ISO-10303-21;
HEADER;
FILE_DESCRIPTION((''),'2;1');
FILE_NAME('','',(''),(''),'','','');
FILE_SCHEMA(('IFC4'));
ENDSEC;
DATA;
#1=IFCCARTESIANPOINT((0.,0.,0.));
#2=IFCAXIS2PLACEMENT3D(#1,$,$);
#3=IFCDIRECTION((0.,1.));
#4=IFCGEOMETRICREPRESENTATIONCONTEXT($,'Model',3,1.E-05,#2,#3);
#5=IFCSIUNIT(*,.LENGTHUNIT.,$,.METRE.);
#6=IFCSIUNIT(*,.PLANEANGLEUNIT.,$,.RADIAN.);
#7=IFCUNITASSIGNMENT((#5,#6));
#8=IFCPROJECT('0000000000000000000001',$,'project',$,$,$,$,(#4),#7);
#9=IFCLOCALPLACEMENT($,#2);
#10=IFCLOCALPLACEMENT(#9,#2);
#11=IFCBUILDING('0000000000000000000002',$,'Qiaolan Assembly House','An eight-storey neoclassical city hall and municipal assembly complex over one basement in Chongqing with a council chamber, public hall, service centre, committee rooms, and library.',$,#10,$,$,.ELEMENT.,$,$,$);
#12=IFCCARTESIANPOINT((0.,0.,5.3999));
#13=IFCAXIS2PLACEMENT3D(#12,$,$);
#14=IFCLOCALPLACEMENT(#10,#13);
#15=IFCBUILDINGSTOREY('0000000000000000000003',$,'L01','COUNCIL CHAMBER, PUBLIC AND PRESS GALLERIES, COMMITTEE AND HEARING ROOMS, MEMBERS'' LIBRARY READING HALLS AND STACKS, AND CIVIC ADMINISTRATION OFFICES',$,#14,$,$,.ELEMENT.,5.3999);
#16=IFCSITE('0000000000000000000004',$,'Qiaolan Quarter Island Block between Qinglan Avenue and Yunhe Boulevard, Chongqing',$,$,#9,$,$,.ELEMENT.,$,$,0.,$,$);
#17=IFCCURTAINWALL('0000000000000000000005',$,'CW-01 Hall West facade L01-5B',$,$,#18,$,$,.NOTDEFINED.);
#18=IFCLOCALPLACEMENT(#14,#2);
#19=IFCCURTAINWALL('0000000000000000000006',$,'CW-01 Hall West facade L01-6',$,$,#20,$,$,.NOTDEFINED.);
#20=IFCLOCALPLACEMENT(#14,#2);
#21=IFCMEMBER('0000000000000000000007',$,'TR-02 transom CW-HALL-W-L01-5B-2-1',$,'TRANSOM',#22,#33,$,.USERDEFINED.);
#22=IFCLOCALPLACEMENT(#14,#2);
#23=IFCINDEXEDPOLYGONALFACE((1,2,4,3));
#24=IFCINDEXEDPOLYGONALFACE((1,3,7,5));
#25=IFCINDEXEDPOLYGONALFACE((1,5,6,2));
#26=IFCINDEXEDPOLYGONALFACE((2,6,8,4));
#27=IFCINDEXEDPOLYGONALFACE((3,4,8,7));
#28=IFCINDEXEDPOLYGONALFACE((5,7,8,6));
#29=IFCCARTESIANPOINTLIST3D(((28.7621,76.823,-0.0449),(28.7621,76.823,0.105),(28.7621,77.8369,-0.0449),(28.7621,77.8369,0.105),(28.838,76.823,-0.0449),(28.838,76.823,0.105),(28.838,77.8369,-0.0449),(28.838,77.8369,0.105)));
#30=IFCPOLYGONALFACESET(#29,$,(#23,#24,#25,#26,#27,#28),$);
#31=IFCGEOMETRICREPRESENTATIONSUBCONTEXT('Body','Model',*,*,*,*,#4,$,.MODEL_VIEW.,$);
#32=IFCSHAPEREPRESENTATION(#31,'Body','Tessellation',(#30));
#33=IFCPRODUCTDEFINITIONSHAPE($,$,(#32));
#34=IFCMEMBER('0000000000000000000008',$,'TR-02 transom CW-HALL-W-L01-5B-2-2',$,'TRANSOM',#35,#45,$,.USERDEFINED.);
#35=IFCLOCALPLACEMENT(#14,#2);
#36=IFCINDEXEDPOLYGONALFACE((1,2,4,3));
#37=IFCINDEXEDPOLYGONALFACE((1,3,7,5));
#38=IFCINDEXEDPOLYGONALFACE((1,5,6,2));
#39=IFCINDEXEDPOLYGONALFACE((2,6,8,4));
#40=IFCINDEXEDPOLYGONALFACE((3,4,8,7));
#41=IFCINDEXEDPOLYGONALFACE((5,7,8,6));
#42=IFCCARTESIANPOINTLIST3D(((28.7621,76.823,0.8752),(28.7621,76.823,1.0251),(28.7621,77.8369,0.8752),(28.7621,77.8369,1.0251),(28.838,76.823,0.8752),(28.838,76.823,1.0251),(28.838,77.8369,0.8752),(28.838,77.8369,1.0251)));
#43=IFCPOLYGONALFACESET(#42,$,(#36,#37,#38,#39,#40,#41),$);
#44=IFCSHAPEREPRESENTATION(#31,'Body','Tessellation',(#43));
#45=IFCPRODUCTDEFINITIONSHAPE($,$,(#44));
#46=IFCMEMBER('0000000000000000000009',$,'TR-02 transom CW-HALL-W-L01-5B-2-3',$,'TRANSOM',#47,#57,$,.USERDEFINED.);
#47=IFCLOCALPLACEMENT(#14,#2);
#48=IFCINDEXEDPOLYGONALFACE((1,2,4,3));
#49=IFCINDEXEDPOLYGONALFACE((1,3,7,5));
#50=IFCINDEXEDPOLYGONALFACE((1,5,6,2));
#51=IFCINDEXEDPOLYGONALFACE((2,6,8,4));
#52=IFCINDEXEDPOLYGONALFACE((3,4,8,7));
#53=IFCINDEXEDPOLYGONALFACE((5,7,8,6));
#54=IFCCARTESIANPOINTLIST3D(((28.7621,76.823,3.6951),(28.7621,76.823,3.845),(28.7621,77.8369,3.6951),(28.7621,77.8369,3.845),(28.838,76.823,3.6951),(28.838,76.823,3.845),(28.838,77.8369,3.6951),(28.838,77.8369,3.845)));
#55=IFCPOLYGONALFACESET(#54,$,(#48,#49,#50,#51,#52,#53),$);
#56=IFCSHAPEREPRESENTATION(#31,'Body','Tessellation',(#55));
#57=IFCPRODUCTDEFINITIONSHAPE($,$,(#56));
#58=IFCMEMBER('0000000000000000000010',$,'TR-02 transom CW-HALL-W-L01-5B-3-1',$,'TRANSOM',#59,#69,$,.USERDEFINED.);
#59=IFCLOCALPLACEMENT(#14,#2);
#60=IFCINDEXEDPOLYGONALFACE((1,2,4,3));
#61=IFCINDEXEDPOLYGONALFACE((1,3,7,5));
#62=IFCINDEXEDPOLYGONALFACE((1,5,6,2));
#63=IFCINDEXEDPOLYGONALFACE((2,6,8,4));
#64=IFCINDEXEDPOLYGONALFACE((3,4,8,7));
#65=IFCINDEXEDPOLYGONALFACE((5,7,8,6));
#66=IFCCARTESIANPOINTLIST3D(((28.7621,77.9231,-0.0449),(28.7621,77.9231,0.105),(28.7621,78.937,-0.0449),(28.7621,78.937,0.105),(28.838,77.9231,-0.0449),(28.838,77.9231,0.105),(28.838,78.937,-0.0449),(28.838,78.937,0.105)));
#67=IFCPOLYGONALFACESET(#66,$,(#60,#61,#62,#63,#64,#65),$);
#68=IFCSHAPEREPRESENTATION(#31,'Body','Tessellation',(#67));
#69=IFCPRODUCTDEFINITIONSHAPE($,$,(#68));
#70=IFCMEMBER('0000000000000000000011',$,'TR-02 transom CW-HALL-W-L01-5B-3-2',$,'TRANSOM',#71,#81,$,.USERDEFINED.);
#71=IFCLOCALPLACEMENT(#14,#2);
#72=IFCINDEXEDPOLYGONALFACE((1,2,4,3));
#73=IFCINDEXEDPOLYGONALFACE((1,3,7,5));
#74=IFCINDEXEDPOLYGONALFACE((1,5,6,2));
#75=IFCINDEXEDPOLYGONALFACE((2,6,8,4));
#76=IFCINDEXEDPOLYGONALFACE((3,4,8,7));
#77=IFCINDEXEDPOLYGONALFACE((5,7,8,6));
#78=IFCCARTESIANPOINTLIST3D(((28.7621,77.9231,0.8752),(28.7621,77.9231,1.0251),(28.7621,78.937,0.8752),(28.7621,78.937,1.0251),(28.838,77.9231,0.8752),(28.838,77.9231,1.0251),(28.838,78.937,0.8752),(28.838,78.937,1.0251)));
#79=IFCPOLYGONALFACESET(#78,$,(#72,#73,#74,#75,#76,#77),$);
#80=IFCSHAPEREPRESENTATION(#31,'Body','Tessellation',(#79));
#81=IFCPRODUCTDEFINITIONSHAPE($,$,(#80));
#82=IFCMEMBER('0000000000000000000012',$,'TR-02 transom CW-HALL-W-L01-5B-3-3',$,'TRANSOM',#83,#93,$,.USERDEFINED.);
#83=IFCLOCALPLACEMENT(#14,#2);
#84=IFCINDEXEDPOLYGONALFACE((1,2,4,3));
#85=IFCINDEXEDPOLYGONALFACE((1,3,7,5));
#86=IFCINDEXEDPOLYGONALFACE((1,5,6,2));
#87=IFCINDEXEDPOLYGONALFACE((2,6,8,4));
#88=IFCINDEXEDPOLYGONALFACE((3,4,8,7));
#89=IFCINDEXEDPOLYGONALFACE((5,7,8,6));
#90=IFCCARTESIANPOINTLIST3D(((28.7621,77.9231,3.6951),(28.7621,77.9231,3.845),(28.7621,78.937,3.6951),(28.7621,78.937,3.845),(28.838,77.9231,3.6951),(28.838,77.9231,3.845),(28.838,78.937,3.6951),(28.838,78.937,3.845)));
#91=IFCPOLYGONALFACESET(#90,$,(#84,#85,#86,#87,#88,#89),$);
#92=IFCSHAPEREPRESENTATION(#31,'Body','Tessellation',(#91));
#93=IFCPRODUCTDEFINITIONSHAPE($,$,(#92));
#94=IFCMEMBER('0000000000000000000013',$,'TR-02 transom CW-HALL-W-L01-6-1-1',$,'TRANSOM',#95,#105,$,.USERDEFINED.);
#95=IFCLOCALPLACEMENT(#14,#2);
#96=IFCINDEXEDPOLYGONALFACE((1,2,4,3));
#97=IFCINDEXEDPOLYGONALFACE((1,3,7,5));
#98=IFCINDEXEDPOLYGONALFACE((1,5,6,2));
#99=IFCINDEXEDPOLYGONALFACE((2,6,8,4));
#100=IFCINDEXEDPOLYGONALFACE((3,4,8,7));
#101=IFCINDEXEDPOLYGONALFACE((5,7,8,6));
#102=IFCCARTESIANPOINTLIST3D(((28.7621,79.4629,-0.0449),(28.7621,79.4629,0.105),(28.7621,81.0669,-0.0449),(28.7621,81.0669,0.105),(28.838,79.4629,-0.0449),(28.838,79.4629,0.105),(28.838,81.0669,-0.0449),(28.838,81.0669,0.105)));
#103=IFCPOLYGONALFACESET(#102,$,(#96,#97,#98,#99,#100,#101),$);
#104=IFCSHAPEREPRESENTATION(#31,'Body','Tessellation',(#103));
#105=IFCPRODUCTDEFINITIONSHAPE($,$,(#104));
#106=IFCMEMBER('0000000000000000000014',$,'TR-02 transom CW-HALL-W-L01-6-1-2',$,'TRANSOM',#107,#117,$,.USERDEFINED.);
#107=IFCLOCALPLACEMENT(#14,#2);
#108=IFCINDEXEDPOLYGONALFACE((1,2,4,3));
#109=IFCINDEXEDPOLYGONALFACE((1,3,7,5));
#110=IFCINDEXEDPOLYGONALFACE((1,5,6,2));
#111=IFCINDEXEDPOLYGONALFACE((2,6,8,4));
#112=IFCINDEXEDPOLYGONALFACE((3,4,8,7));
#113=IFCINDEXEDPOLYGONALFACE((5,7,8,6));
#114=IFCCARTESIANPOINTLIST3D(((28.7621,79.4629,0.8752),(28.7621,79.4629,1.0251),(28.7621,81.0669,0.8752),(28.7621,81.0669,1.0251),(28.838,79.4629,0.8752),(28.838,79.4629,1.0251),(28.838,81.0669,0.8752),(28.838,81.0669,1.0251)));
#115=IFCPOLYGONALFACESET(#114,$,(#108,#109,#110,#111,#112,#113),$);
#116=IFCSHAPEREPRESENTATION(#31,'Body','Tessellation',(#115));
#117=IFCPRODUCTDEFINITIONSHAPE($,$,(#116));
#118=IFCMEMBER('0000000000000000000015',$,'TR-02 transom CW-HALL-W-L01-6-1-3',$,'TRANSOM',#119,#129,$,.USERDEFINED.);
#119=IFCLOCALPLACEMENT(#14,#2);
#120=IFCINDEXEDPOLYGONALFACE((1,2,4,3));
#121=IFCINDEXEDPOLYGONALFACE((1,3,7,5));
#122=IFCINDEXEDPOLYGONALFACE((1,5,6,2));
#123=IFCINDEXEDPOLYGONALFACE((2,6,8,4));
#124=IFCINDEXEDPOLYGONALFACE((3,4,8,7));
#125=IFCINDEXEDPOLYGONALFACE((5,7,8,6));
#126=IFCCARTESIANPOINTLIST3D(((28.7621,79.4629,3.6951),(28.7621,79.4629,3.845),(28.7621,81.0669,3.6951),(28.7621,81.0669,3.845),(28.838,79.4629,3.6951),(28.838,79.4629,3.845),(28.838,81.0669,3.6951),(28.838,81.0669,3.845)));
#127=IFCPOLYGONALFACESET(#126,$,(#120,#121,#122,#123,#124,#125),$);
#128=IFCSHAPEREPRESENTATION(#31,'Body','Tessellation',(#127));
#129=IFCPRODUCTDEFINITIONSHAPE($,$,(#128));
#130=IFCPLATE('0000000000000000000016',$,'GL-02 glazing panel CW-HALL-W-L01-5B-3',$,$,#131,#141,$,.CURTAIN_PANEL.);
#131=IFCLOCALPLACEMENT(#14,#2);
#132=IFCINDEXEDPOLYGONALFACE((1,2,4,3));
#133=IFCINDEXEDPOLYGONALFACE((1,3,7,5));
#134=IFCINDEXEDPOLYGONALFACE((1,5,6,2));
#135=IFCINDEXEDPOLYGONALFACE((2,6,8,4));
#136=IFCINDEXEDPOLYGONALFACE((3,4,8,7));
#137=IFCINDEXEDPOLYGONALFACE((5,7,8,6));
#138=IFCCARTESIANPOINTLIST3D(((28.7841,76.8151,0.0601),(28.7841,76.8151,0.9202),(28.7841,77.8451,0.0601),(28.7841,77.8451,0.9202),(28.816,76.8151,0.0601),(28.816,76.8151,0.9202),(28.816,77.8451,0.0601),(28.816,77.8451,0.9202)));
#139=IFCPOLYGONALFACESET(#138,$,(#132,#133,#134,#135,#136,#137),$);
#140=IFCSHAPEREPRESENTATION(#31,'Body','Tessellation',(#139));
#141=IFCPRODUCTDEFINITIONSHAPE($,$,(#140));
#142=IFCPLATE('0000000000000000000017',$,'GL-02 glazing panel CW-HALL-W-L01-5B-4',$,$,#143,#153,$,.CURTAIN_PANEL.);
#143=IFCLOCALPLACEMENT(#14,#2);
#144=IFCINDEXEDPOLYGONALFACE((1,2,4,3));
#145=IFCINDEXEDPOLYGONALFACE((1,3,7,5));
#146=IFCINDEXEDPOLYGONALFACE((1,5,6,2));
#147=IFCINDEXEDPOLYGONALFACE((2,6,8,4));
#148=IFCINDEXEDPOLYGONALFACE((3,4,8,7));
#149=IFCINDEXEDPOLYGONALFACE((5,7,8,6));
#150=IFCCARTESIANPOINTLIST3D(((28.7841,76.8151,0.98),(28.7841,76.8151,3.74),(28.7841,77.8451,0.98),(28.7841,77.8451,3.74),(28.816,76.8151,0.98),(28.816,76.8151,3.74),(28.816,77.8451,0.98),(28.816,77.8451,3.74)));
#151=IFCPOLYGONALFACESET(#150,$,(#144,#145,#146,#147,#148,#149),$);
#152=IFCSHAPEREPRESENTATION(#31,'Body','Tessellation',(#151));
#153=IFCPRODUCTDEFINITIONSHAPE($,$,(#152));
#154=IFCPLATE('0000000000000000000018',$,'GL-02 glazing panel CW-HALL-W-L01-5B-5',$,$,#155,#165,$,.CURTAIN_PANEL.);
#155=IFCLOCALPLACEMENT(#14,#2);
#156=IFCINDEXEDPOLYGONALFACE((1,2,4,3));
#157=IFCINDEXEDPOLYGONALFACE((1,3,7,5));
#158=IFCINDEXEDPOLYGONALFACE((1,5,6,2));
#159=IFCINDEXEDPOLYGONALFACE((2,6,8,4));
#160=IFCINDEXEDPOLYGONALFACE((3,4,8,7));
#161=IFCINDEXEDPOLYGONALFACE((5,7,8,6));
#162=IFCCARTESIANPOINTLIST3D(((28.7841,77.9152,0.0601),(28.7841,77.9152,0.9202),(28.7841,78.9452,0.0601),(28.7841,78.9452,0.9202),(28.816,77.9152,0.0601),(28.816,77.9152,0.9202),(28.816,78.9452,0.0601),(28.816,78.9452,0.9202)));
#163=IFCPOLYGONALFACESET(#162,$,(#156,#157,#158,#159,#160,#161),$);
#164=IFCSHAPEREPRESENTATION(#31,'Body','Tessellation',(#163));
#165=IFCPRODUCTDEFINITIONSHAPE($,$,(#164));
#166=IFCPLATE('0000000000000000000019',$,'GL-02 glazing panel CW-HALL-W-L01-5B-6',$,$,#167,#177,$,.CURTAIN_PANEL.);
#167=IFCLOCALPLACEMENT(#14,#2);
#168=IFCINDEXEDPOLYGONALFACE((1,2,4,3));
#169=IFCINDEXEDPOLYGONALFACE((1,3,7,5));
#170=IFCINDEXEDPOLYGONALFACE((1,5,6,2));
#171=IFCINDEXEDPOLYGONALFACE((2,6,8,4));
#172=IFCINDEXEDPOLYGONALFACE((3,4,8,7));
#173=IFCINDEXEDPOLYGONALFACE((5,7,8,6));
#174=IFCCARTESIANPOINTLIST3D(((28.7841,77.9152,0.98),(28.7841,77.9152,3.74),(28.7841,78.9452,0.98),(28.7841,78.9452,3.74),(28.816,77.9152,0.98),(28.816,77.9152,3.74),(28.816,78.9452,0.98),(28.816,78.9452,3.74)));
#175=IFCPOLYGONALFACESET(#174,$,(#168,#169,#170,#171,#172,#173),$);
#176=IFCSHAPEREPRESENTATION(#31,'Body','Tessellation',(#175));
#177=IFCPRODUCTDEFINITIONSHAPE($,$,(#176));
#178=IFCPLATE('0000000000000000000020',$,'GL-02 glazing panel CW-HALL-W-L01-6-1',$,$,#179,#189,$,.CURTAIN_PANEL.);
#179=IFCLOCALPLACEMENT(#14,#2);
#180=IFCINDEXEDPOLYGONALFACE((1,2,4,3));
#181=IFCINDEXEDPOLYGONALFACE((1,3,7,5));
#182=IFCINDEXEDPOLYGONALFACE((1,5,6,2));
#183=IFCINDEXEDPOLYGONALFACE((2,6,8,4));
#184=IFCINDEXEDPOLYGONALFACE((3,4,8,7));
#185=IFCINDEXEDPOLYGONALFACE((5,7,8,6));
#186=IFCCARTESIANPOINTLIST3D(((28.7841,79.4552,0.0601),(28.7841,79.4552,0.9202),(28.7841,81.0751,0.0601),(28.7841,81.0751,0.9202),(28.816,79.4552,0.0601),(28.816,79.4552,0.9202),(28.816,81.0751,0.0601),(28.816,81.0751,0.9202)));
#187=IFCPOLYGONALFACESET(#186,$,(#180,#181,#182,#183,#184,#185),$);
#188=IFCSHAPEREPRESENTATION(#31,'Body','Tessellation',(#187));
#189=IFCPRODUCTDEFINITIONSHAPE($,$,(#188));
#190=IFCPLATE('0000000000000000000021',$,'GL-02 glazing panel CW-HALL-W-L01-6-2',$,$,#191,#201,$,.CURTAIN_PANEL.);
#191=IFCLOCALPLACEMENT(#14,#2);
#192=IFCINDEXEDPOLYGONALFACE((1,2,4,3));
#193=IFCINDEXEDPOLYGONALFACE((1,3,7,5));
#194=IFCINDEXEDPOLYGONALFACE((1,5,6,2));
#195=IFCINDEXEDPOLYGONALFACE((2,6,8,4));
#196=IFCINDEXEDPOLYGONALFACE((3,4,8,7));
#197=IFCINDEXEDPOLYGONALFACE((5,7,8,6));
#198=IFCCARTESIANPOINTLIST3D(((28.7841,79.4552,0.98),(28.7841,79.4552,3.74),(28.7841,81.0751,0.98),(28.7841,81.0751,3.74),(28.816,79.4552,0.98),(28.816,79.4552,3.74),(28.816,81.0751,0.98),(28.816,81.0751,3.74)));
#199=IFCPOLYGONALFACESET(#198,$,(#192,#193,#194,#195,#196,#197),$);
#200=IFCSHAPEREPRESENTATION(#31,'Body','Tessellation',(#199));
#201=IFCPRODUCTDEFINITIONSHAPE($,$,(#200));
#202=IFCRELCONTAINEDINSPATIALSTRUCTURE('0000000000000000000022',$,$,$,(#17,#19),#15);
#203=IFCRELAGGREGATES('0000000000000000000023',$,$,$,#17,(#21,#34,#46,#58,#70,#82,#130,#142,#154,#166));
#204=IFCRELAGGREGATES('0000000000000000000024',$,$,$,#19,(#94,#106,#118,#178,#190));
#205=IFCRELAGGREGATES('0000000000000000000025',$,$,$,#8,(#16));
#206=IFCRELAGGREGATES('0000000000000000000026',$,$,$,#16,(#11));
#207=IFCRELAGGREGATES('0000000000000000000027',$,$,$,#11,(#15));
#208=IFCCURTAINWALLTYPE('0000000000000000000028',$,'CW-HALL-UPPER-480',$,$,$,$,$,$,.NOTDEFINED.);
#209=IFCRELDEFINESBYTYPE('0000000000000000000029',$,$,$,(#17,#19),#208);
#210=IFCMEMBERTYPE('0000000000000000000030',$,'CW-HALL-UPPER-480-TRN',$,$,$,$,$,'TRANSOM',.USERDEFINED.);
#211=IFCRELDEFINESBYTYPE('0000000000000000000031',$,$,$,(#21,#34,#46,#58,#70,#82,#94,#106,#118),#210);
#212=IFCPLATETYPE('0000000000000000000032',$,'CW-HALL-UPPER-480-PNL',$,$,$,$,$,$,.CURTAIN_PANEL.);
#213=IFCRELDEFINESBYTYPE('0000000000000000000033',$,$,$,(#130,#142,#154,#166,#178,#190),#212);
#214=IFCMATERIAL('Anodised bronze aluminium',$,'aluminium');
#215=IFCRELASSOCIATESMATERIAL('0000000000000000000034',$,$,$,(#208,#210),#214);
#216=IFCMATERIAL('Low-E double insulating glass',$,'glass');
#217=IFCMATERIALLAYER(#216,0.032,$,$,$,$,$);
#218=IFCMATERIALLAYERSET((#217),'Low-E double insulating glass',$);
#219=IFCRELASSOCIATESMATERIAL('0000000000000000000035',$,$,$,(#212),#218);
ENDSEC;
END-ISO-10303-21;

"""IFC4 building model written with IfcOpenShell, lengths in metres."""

from ifc_helpers import new_model, si_unit, direction, frame, frame_2d, origin, origin_2d, place, context, subcontext, project, spatial, rectangle, extrude, material, layer, layer_set, material_profile, profile_set, type_object, element, aggregate, save


model = new_model("IFC4")

# Units and contexts
model_context = context("Model", 3, precision=1e-05, world=origin(), true_north=direction((0.0, 1.0)))
body_context = subcontext(model_context, "Body", "Model", "MODEL_VIEW")
ifc_project = project(units=[si_unit("LENGTHUNIT", "METRE"), si_unit("PLANEANGLEUNIT", "RADIAN")], contexts=[model_context])

# Site, building, storey
site_placement = place(None, origin())
site = spatial("IfcSite", under=ifc_project, at=site_placement, Name="Qiaolan Quarter Island Block between Qinglan Avenue and Yunhe Boulevard, Chongqing", CompositionType="ELEMENT", RefElevation=0.0)
building_placement = place(site_placement, origin())
building = spatial("IfcBuilding", under=site, at=building_placement, Name="Qiaolan Assembly House", Description="An eight-storey neoclassical city hall and municipal assembly complex over one basement in Chongqing with a council chamber, public hall, service centre, committee rooms, and library.", CompositionType="ELEMENT")
storey_placement = place(building_placement, frame((0.0, 0.0, 5.3999)))
storey = spatial("IfcBuildingStorey", under=building, at=storey_placement, Name="L01", Description="COUNCIL CHAMBER, PUBLIC AND PRESS GALLERIES, COMMITTEE AND HEARING ROOMS, MEMBERS' LIBRARY READING HALLS AND STACKS, AND CIVIC ADMINISTRATION OFFICES", CompositionType="ELEMENT", Elevation=5.3999)

# Curtain wall
ifc_material_1 = material(Name="Anodised bronze aluminium", Category="aluminium")
curtain_wall_type = type_object("IfcCurtainWallType", Name="CW-HALL-UPPER-480", PredefinedType="NOTDEFINED", material=ifc_material_1)
curtain_wall_1_placement = place(storey_placement, origin())
curtain_wall_1 = element("IfcCurtainWall", 1, at=curtain_wall_1_placement, inside=storey, type_object=curtain_wall_type, Name="CW-01 Hall West facade L01-5B", PredefinedType="NOTDEFINED")

# Curtain wall
curtain_wall_2_placement = place(storey_placement, origin())
curtain_wall_2 = element("IfcCurtainWall", 2, at=curtain_wall_2_placement, inside=storey, type_object=curtain_wall_type, Name="CW-01 Hall West facade L01-6", PredefinedType="NOTDEFINED")

# Members
ifc_material_profile_1 = material_profile(ifc_material_1, rectangle(XDim=0.0759, YDim=0.1499, at=origin_2d()), Name="TRN 76x150")
ifc_profile_set_1 = profile_set([ifc_material_profile_1], Name="Anodised bronze aluminium")
member_type_1 = type_object("IfcMemberType", Name="CW-HALL-UPPER-480-TRN", ElementType="TRANSOM", PredefinedType="USERDEFINED", material=ifc_profile_set_1)
member_1_placement = place(storey_placement, frame((28.8, 76.823, 0.03), z_axis=(0.0, 1.0, 0.0), x_axis=(-1.0, 0.0, 0.0)))
member_1 = element("IfcMember", 3, at=member_1_placement, type_object=member_type_1, Name="TR-02 transom CW-HALL-W-L01-5B-2-1", ObjectType="TRANSOM", PredefinedType="USERDEFINED", context=body_context, shape_type="SweptSolid", body=[
    extrude(rectangle(XDim=0.0759, YDim=0.1499, at=origin_2d()), origin(), (0.0, 0.0, 1.0), 1.0139),
])
member_2_placement = place(storey_placement, frame((28.8, 76.823, 0.9502), z_axis=(0.0, 1.0, 0.0), x_axis=(-1.0, 0.0, 0.0)))
member_2 = element("IfcMember", 4, at=member_2_placement, type_object=member_type_1, Name="TR-02 transom CW-HALL-W-L01-5B-2-2", ObjectType="TRANSOM", PredefinedType="USERDEFINED", context=body_context, shape_type="SweptSolid", body=[
    extrude(rectangle(XDim=0.0759, YDim=0.1499, at=origin_2d()), origin(), (0.0, 0.0, 1.0), 1.0139),
])
member_3_placement = place(storey_placement, frame((28.8, 76.823, 3.77), z_axis=(0.0, 1.0, 0.0), x_axis=(-1.0, 0.0, 0.0)))
member_3 = element("IfcMember", 5, at=member_3_placement, type_object=member_type_1, Name="TR-02 transom CW-HALL-W-L01-5B-2-3", ObjectType="TRANSOM", PredefinedType="USERDEFINED", context=body_context, shape_type="SweptSolid", body=[
    extrude(rectangle(XDim=0.0759, YDim=0.1499, at=origin_2d()), origin(), (0.0, 0.0, 1.0), 1.0139),
])
member_4_placement = place(storey_placement, frame((28.8, 77.9231, 0.03), z_axis=(0.0, 1.0, 0.0), x_axis=(-1.0, 0.0, 0.0)))
member_4 = element("IfcMember", 6, at=member_4_placement, type_object=member_type_1, Name="TR-02 transom CW-HALL-W-L01-5B-3-1", ObjectType="TRANSOM", PredefinedType="USERDEFINED", context=body_context, shape_type="SweptSolid", body=[
    extrude(rectangle(XDim=0.0759, YDim=0.1499, at=origin_2d()), origin(), (0.0, 0.0, 1.0), 1.0139),
])
member_5_placement = place(storey_placement, frame((28.8, 77.9231, 0.9502), z_axis=(0.0, 1.0, 0.0), x_axis=(-1.0, 0.0, 0.0)))
member_5 = element("IfcMember", 7, at=member_5_placement, type_object=member_type_1, Name="TR-02 transom CW-HALL-W-L01-5B-3-2", ObjectType="TRANSOM", PredefinedType="USERDEFINED", context=body_context, shape_type="SweptSolid", body=[
    extrude(rectangle(XDim=0.0759, YDim=0.1499, at=origin_2d()), origin(), (0.0, 0.0, 1.0), 1.0139),
])
member_6_placement = place(storey_placement, frame((28.8, 77.9231, 3.77), z_axis=(0.0, 1.0, 0.0), x_axis=(-1.0, 0.0, 0.0)))
member_6 = element("IfcMember", 8, at=member_6_placement, type_object=member_type_1, Name="TR-02 transom CW-HALL-W-L01-5B-3-3", ObjectType="TRANSOM", PredefinedType="USERDEFINED", context=body_context, shape_type="SweptSolid", body=[
    extrude(rectangle(XDim=0.0759, YDim=0.1499, at=origin_2d()), origin(), (0.0, 0.0, 1.0), 1.0139),
])
member_7_placement = place(storey_placement, frame((28.8, 79.4629, 0.03), z_axis=(0.0, 1.0, 0.0), x_axis=(-1.0, 0.0, 0.0)))
member_7 = element("IfcMember", 9, at=member_7_placement, type_object=member_type_1, Name="TR-02 transom CW-HALL-W-L01-6-1-1", ObjectType="TRANSOM", PredefinedType="USERDEFINED", context=body_context, shape_type="SweptSolid", body=[
    extrude(rectangle(XDim=0.0759, YDim=0.1499, at=origin_2d()), origin(), (0.0, 0.0, 1.0), 1.604),
])
member_8_placement = place(storey_placement, frame((28.8, 79.4629, 0.9502), z_axis=(0.0, 1.0, 0.0), x_axis=(-1.0, 0.0, 0.0)))
member_8 = element("IfcMember", 10, at=member_8_placement, type_object=member_type_1, Name="TR-02 transom CW-HALL-W-L01-6-1-2", ObjectType="TRANSOM", PredefinedType="USERDEFINED", context=body_context, shape_type="SweptSolid", body=[
    extrude(rectangle(XDim=0.0759, YDim=0.1499, at=origin_2d()), origin(), (0.0, 0.0, 1.0), 1.604),
])
member_9_placement = place(storey_placement, frame((28.8, 79.4629, 3.77), z_axis=(0.0, 1.0, 0.0), x_axis=(-1.0, 0.0, 0.0)))
member_9 = element("IfcMember", 11, at=member_9_placement, type_object=member_type_1, Name="TR-02 transom CW-HALL-W-L01-6-1-3", ObjectType="TRANSOM", PredefinedType="USERDEFINED", context=body_context, shape_type="SweptSolid", body=[
    extrude(rectangle(XDim=0.0759, YDim=0.1499, at=origin_2d()), origin(), (0.0, 0.0, 1.0), 1.604),
])

# Plates
ifc_material_2 = material(Name="Low-E double insulating glass", Category="glass")
ifc_layer = layer(ifc_material_2, 0.032)
ifc_layer_set = layer_set([ifc_layer], Name="Low-E double insulating glass")
plate_type = type_object("IfcPlateType", Name="CW-HALL-UPPER-480-PNL", PredefinedType="CURTAIN_PANEL", material=ifc_layer_set)
plate_1_placement = place(storey_placement, frame((28.8, 76.8149, 0.0601), z_axis=(0.0, 0.0, 1.0), x_axis=(0.0, 1.0, 0.0)))
plate_1 = element("IfcPlate", 12, at=plate_1_placement, type_object=plate_type, Name="GL-02 glazing panel CW-HALL-W-L01-5B-3", PredefinedType="CURTAIN_PANEL", context=body_context, shape_type="SweptSolid", body=[
    extrude(rectangle(XDim=1.03, YDim=0.032, at=frame_2d((0.5151, 0.0))), origin(), (0.0, 0.0, 1.0), 0.8601),
])
plate_2_placement = place(storey_placement, frame((28.8, 76.8149, 0.98), z_axis=(0.0, 0.0, 1.0), x_axis=(0.0, 1.0, 0.0)))
plate_2 = element("IfcPlate", 13, at=plate_2_placement, type_object=plate_type, Name="GL-02 glazing panel CW-HALL-W-L01-5B-4", PredefinedType="CURTAIN_PANEL", context=body_context, shape_type="SweptSolid", body=[
    extrude(rectangle(XDim=1.03, YDim=0.032, at=frame_2d((0.5151, 0.0))), origin(), (0.0, 0.0, 1.0), 2.76),
])
plate_3_placement = place(storey_placement, frame((28.8, 77.915, 0.0601), z_axis=(0.0, 0.0, 1.0), x_axis=(0.0, 1.0, 0.0)))
plate_3 = element("IfcPlate", 14, at=plate_3_placement, type_object=plate_type, Name="GL-02 glazing panel CW-HALL-W-L01-5B-5", PredefinedType="CURTAIN_PANEL", context=body_context, shape_type="SweptSolid", body=[
    extrude(rectangle(XDim=1.03, YDim=0.032, at=frame_2d((0.5151, 0.0))), origin(), (0.0, 0.0, 1.0), 0.8601),
])
plate_4_placement = place(storey_placement, frame((28.8, 77.915, 0.98), z_axis=(0.0, 0.0, 1.0), x_axis=(0.0, 1.0, 0.0)))
plate_4 = element("IfcPlate", 15, at=plate_4_placement, type_object=plate_type, Name="GL-02 glazing panel CW-HALL-W-L01-5B-6", PredefinedType="CURTAIN_PANEL", context=body_context, shape_type="SweptSolid", body=[
    extrude(rectangle(XDim=1.03, YDim=0.032, at=frame_2d((0.5151, 0.0))), origin(), (0.0, 0.0, 1.0), 2.76),
])
aggregate(curtain_wall_1, [member_1, member_2, member_3, member_4, member_5, member_6, plate_1, plate_2, plate_3, plate_4])
plate_5_placement = place(storey_placement, frame((28.8, 79.4551, 0.0601), z_axis=(0.0, 0.0, 1.0), x_axis=(0.0, 1.0, 0.0)))
plate_5 = element("IfcPlate", 16, at=plate_5_placement, type_object=plate_type, Name="GL-02 glazing panel CW-HALL-W-L01-6-1", PredefinedType="CURTAIN_PANEL", context=body_context, shape_type="SweptSolid", body=[
    extrude(rectangle(XDim=1.6199, YDim=0.032, at=frame_2d((0.8101, 0.0))), origin(), (0.0, 0.0, 1.0), 0.8601),
])
plate_6_placement = place(storey_placement, frame((28.8, 79.4551, 0.98), z_axis=(0.0, 0.0, 1.0), x_axis=(0.0, 1.0, 0.0)))
plate_6 = element("IfcPlate", 17, at=plate_6_placement, type_object=plate_type, Name="GL-02 glazing panel CW-HALL-W-L01-6-2", PredefinedType="CURTAIN_PANEL", context=body_context, shape_type="SweptSolid", body=[
    extrude(rectangle(XDim=1.6199, YDim=0.032, at=frame_2d((0.8101, 0.0))), origin(), (0.0, 0.0, 1.0), 2.76),
])
aggregate(curtain_wall_2, [member_7, member_8, member_9, plate_5, plate_6])

save(model, "model.ifc")
